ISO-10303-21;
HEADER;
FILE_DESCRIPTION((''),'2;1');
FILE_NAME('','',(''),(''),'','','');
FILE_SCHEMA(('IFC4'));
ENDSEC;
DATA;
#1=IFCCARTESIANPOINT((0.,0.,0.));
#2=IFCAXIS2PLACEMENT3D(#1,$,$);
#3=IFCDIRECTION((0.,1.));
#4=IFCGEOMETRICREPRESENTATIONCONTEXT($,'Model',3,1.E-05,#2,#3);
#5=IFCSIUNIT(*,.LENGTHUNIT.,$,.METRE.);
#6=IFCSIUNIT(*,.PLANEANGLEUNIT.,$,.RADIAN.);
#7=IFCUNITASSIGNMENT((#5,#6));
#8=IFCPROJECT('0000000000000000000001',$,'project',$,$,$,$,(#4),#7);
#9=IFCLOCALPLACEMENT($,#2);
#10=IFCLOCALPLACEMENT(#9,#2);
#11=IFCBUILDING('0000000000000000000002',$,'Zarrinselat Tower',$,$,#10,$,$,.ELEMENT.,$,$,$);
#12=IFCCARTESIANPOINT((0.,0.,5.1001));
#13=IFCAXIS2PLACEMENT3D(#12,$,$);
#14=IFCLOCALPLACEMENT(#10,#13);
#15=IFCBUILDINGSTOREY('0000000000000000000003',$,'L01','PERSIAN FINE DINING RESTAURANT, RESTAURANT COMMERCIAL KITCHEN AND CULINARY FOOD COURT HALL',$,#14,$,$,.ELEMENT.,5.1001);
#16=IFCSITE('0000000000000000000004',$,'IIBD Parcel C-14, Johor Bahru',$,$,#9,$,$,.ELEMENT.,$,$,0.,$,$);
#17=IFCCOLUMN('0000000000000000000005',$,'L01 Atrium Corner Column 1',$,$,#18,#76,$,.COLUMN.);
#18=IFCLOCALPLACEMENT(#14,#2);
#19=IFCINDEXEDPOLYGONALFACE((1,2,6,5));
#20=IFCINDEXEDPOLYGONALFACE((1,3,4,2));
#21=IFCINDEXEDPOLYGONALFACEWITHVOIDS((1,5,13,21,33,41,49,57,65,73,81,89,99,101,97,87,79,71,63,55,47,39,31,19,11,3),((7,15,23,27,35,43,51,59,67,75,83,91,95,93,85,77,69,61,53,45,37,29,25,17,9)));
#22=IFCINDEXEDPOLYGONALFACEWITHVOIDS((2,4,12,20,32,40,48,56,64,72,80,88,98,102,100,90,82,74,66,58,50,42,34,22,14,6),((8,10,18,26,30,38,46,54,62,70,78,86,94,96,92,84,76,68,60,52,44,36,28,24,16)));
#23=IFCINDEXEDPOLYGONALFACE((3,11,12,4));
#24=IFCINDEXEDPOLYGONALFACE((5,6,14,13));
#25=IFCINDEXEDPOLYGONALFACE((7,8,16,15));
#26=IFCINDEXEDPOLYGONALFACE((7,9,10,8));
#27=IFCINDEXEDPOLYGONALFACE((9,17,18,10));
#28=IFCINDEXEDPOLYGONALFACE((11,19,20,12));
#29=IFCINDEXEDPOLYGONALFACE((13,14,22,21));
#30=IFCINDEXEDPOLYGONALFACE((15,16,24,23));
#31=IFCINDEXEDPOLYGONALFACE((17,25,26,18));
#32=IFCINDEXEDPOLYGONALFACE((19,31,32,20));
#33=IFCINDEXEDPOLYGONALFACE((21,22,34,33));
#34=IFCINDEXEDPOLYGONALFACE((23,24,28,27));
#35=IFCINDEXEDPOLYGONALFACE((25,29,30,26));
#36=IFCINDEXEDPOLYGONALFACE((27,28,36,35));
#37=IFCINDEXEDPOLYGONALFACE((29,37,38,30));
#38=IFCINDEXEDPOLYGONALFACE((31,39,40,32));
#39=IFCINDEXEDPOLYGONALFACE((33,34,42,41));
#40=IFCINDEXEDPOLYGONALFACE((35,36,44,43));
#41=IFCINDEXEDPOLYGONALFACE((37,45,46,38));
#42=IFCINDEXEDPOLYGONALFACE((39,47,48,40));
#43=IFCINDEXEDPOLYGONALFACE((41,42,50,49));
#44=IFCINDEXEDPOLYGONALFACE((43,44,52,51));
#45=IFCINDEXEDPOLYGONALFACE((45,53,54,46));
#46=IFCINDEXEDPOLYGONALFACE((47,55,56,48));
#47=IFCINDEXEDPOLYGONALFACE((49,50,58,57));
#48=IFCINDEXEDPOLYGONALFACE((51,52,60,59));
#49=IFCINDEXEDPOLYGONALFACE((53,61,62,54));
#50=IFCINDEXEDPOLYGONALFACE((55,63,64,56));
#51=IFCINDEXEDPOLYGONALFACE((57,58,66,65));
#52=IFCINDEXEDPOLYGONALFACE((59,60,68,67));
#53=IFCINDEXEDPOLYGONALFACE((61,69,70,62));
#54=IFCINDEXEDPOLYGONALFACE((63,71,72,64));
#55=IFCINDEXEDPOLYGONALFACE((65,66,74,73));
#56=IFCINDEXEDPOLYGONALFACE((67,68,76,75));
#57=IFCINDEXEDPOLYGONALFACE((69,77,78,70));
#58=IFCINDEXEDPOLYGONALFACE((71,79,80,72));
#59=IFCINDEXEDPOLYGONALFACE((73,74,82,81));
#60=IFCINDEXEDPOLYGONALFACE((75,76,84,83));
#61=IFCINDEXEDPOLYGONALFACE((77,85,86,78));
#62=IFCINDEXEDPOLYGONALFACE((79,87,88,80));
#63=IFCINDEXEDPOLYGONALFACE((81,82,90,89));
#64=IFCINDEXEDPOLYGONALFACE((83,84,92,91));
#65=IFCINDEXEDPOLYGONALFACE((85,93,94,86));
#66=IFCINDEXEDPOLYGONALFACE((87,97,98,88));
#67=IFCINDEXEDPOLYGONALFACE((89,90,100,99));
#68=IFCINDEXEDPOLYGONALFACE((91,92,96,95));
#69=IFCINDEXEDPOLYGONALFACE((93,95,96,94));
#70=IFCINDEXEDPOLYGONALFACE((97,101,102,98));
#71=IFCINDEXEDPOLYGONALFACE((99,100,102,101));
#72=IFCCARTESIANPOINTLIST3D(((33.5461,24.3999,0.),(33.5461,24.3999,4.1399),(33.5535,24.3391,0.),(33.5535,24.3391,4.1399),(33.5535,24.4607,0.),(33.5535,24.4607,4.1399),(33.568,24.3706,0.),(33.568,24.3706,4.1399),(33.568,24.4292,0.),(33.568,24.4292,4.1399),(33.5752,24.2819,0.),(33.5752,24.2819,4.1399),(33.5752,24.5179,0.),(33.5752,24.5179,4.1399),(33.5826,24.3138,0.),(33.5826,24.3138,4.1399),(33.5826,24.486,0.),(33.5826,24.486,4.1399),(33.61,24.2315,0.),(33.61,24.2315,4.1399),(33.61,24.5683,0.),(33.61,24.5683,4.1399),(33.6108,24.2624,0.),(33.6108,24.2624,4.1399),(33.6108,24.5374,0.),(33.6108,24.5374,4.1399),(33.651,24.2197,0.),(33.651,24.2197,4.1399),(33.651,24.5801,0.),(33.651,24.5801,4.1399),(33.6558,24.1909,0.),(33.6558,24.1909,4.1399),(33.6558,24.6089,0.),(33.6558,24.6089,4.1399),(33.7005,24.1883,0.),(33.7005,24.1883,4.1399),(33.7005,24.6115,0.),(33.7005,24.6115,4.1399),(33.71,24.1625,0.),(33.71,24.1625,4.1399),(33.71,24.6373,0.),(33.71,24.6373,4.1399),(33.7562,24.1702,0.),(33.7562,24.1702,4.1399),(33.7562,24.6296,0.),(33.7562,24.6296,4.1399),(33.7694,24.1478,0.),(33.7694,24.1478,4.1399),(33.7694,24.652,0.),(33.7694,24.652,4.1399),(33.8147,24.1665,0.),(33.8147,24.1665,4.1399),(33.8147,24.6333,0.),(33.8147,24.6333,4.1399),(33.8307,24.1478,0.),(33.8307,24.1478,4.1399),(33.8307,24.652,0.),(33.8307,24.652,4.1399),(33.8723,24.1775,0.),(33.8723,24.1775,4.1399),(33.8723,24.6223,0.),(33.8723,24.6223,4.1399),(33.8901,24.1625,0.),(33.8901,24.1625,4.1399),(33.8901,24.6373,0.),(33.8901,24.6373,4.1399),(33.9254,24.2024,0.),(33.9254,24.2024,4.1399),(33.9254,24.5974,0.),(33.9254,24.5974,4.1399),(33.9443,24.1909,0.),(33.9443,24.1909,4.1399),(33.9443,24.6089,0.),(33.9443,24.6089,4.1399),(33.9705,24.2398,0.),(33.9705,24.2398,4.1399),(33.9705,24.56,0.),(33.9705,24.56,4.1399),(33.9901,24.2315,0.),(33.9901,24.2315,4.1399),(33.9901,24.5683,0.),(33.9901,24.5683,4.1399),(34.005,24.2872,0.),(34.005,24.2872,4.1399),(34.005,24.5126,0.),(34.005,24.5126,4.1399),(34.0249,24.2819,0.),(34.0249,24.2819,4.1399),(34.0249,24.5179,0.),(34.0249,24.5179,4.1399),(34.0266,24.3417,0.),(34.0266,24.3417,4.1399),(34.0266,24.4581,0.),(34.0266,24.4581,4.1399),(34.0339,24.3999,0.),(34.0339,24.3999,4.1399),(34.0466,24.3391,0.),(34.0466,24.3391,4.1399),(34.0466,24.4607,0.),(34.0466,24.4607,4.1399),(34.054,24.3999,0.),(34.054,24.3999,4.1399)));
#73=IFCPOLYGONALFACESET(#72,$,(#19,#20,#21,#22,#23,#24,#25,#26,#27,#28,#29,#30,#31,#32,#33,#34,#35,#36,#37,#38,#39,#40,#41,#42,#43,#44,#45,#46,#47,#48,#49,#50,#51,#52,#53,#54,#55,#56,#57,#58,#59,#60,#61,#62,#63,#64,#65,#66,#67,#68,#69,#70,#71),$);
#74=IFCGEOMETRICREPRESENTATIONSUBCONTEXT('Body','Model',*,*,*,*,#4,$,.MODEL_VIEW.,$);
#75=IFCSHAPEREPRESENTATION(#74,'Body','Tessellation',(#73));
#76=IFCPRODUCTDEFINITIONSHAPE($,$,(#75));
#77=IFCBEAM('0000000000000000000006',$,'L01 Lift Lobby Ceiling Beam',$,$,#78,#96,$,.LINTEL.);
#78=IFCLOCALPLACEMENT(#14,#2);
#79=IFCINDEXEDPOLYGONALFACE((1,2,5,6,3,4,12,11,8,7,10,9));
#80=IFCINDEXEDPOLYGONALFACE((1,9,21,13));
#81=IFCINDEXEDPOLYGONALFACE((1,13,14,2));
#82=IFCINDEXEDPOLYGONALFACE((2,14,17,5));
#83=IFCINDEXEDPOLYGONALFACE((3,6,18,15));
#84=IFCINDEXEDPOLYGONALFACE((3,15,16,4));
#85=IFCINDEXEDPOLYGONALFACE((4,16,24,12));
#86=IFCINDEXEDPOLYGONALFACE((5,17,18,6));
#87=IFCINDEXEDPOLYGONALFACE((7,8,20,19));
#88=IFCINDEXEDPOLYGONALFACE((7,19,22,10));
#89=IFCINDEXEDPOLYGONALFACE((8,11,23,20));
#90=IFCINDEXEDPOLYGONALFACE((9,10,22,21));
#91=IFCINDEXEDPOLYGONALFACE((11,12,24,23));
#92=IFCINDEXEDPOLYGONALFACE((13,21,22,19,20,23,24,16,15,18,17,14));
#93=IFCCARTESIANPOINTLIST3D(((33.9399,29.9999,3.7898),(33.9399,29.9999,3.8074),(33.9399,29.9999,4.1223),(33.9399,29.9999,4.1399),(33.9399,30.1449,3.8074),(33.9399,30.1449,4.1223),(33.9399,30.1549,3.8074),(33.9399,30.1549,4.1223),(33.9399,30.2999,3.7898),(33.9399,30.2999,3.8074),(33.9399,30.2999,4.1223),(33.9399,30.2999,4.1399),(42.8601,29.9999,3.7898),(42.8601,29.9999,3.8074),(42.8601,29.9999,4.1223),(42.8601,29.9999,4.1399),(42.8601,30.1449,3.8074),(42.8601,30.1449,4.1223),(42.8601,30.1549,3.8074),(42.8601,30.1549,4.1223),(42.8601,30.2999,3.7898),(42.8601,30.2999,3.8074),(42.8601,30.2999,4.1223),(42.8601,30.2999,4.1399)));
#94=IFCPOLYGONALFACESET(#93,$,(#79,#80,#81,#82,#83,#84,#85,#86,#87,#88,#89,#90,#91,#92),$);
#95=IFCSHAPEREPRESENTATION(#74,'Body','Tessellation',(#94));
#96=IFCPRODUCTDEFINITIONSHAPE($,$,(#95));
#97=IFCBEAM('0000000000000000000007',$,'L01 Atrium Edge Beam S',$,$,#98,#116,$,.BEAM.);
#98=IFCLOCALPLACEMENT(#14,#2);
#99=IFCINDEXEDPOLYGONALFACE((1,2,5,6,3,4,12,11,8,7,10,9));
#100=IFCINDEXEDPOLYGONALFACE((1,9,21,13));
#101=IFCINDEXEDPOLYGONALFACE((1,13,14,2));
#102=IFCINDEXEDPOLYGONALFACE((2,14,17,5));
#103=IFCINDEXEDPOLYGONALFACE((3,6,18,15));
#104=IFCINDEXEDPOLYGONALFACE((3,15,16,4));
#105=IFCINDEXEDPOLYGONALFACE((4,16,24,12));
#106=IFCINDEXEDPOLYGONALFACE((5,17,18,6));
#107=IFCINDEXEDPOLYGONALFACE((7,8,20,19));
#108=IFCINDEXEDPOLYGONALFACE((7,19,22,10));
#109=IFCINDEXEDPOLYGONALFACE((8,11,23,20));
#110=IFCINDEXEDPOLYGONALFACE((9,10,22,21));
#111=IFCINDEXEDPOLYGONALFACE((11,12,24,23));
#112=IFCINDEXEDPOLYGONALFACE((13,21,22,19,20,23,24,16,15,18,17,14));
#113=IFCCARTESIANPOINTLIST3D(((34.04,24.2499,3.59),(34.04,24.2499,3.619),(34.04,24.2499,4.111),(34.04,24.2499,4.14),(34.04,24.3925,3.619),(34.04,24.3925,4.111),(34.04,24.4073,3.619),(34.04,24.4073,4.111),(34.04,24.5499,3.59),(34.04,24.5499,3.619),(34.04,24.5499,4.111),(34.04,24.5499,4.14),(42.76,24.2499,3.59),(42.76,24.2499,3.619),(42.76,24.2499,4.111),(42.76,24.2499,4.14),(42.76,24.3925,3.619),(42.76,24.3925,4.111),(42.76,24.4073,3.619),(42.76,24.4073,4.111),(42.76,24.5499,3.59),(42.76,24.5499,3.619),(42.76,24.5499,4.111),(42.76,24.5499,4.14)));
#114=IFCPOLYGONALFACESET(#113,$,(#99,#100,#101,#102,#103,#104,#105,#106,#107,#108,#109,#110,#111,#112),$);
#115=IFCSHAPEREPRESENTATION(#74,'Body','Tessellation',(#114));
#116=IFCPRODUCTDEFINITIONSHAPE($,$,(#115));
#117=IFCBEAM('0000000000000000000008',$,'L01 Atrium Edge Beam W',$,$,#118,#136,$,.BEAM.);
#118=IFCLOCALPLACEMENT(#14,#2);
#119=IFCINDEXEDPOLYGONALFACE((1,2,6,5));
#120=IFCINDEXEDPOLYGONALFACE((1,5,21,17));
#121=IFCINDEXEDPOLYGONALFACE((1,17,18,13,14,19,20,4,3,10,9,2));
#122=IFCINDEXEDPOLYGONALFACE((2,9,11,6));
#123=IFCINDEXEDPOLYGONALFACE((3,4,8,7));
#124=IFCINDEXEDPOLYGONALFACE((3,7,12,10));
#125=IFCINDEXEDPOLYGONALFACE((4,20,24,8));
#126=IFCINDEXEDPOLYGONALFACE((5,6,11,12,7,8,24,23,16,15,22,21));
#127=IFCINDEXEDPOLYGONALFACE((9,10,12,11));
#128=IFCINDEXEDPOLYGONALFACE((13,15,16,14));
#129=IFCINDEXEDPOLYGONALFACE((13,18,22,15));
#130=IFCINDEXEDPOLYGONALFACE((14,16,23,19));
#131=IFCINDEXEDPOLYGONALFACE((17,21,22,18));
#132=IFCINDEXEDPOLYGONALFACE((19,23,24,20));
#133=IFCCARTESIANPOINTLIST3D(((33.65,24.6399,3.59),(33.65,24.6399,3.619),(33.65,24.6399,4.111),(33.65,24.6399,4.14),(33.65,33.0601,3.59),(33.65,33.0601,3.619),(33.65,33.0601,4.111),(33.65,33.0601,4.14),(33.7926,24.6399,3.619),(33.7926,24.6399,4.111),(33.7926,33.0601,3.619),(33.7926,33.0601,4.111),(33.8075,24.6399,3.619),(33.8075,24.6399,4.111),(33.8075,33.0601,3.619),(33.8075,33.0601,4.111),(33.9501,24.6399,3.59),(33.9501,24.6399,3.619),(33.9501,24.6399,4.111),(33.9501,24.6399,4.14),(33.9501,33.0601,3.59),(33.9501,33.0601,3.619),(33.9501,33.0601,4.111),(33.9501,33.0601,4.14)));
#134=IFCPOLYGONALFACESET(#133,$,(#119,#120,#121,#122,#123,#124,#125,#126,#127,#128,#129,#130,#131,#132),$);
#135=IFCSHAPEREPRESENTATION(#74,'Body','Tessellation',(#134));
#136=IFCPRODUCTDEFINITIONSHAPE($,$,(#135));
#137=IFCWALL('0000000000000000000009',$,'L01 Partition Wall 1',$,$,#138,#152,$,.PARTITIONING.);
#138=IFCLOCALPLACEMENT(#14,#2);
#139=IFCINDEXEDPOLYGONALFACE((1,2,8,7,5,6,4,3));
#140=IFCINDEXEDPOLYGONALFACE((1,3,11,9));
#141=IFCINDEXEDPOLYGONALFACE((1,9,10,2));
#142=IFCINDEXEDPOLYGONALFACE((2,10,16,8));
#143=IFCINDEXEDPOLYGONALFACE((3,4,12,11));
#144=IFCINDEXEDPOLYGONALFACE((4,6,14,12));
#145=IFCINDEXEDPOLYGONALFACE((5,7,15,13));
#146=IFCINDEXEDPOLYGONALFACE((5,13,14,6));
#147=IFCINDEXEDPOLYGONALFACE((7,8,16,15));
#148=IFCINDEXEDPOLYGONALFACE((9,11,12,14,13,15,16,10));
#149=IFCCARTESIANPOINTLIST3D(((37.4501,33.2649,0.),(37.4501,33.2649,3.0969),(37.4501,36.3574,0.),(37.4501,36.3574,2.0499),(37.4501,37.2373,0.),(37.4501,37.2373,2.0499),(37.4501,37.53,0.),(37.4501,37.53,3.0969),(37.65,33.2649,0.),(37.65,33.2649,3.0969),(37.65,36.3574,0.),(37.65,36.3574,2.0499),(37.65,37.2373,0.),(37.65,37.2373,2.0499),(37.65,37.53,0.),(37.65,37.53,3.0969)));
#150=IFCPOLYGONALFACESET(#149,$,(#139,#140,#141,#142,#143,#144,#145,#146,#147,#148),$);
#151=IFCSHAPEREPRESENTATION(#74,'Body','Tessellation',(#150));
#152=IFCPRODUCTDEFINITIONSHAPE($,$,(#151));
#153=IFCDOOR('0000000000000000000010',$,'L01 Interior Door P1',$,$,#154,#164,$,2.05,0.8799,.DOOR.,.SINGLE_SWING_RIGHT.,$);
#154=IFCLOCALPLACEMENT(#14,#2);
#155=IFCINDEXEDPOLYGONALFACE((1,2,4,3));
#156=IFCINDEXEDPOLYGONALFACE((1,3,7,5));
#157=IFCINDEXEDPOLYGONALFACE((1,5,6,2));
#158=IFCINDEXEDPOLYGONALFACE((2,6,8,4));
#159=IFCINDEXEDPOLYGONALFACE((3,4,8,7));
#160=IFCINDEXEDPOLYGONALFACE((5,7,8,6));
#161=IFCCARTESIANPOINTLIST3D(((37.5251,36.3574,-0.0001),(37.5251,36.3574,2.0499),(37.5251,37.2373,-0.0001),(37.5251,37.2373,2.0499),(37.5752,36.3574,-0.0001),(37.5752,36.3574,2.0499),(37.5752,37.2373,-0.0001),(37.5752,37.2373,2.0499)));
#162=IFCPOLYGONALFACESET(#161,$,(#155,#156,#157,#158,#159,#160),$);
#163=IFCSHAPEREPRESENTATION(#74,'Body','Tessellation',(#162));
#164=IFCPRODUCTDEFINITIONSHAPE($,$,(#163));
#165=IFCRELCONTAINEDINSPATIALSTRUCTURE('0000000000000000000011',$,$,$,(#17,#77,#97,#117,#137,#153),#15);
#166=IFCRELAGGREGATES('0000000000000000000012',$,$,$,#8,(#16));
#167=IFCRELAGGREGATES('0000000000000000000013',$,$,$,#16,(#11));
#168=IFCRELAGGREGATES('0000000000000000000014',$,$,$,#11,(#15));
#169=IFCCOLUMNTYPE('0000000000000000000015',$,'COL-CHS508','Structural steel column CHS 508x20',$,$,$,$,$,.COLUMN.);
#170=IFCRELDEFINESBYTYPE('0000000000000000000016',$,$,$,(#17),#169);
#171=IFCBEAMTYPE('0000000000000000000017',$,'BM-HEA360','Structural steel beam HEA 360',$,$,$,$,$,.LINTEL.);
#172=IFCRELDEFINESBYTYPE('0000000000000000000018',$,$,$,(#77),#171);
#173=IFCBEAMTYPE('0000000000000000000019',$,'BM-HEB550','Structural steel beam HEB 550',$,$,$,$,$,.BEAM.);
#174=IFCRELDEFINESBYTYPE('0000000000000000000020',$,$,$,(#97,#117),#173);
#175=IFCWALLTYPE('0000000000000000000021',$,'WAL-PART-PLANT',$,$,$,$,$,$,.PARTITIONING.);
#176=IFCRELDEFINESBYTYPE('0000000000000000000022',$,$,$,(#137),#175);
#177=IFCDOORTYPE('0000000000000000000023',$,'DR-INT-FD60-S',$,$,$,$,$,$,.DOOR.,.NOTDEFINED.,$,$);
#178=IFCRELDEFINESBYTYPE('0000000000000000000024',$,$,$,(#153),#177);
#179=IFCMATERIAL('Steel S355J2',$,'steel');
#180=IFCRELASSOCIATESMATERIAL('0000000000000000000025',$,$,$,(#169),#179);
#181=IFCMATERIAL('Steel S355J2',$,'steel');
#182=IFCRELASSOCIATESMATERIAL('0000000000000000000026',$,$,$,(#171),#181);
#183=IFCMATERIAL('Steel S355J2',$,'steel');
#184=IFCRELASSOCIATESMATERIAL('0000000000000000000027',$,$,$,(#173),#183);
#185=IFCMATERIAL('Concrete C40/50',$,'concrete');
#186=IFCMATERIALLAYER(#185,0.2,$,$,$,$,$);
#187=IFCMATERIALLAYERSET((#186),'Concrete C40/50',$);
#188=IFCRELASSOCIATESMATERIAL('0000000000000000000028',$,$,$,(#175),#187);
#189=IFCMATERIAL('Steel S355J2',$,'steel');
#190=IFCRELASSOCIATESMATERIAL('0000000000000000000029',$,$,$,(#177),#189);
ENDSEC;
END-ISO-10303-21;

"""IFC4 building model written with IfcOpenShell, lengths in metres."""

from ifc_helpers import new_model, si_unit, direction, frame, frame_2d, origin, origin_2d, place, context, subcontext, project, spatial, rectangle, hollow_circle, i_section, extrude, material, layer, layer_set, material_profile, profile_set, type_object, element, fill, save


model = new_model("IFC4")

# Units and contexts
model_context = context("Model", 3, precision=1e-05, world=origin(), true_north=direction((0.0, 1.0)))
body_context = subcontext(model_context, "Body", "Model", "MODEL_VIEW")
ifc_project = project(units=[si_unit("LENGTHUNIT", "METRE"), si_unit("PLANEANGLEUNIT", "RADIAN")], contexts=[model_context])

# Site, building, storey
site_placement = place(None, origin())
site = spatial("IfcSite", under=ifc_project, at=site_placement, Name="IIBD Parcel C-14, Johor Bahru", CompositionType="ELEMENT", RefElevation=0.0)
building_placement = place(site_placement, origin())
building = spatial("IfcBuilding", under=site, at=building_placement, Name="Zarrinselat Tower", CompositionType="ELEMENT")
storey_placement = place(building_placement, frame((0.0, 0.0, 5.1001)))
storey = spatial("IfcBuildingStorey", under=building, at=storey_placement, Name="L01", Description="PERSIAN FINE DINING RESTAURANT, RESTAURANT COMMERCIAL KITCHEN AND CULINARY FOOD COURT HALL", CompositionType="ELEMENT", Elevation=5.1001)

# Column
ifc_material_1 = material(Name="Steel S355J2", Category="steel")
ifc_material_profile_1 = material_profile(ifc_material_1, hollow_circle(Radius=0.2539, WallThickness=0.02, at=origin_2d()), Name="CHS 508x20")
ifc_profile_set_1 = profile_set([ifc_material_profile_1], Name="Steel S355J2")
column_type = type_object("IfcColumnType", Name="COL-CHS508", Description="Structural steel column CHS 508x20", PredefinedType="COLUMN", material=ifc_profile_set_1)
column_placement = place(storey_placement, frame((33.8, 24.3999, 0.0), z_axis=(0.0, 0.0, 1.0), x_axis=(1.0, 0.0, 0.0)))
element("IfcColumn", 1, at=column_placement, inside=storey, type_object=column_type, Name="L01 Atrium Corner Column 1", PredefinedType="COLUMN", context=body_context, shape_type="SweptSolid", body=[
    extrude(hollow_circle(Radius=0.2539, WallThickness=0.02, at=origin_2d()), origin(), (0.0, 0.0, 1.0), 4.1399),
])

# Beams
ifc_material_2 = material(Name="Steel S355J2", Category="steel")
ifc_material_profile_2 = material_profile(ifc_material_2, i_section(OverallWidth=0.3, OverallDepth=0.3501, WebThickness=0.01, FlangeThickness=0.0176, at=origin_2d()), Name="HEA 360")
ifc_profile_set_2 = profile_set([ifc_material_profile_2], Name="Steel S355J2")
beam_type_1 = type_object("IfcBeamType", Name="BM-HEA360", Description="Structural steel beam HEA 360", PredefinedType="LINTEL", material=ifc_profile_set_2)
beam_1_placement = place(storey_placement, frame((33.9399, 30.1499, 3.9648), z_axis=(1.0, 0.0, 0.0), x_axis=(0.0, 1.0, 0.0)))
element("IfcBeam", 2, at=beam_1_placement, inside=storey, type_object=beam_type_1, Name="L01 Lift Lobby Ceiling Beam", PredefinedType="LINTEL", context=body_context, shape_type="SweptSolid", body=[
    extrude(i_section(OverallWidth=0.3, OverallDepth=0.3501, WebThickness=0.01, FlangeThickness=0.0176, at=origin_2d()), origin(), (0.0, 0.0, 1.0), 8.9202),
])
ifc_material_3 = material(Name="Steel S355J2", Category="steel")
ifc_material_profile_3 = material_profile(ifc_material_3, i_section(OverallWidth=0.3, OverallDepth=0.55, WebThickness=0.0149, FlangeThickness=0.0291, at=origin_2d()), Name="HEB 550")
ifc_profile_set_3 = profile_set([ifc_material_profile_3], Name="Steel S355J2")
beam_type_2 = type_object("IfcBeamType", Name="BM-HEB550", Description="Structural steel beam HEB 550", PredefinedType="BEAM", material=ifc_profile_set_3)
beam_2_placement = place(storey_placement, frame((34.04, 24.3999, 3.865), z_axis=(1.0, 0.0, 0.0), x_axis=(0.0, 1.0, 0.0)))
element("IfcBeam", 3, at=beam_2_placement, inside=storey, type_object=beam_type_2, Name="L01 Atrium Edge Beam S", PredefinedType="BEAM", context=body_context, shape_type="SweptSolid", body=[
    extrude(i_section(OverallWidth=0.3, OverallDepth=0.55, WebThickness=0.0149, FlangeThickness=0.0291, at=origin_2d()), origin(), (0.0, 0.0, 1.0), 8.72),
])
beam_3_placement = place(storey_placement, frame((33.8, 24.6399, 3.865), z_axis=(0.0, 1.0, 0.0), x_axis=(-1.0, 0.0, 0.0)))
element("IfcBeam", 4, at=beam_3_placement, inside=storey, type_object=beam_type_2, Name="L01 Atrium Edge Beam W", PredefinedType="BEAM", context=body_context, shape_type="SweptSolid", body=[
    extrude(i_section(OverallWidth=0.3, OverallDepth=0.55, WebThickness=0.0149, FlangeThickness=0.0291, at=origin_2d()), origin(), (0.0, 0.0, 1.0), 8.4202),
])

# Wall, opening, door
ifc_material_4 = material(Name="Concrete C40/50", Category="concrete")
ifc_layer_1 = layer(ifc_material_4, 0.2)
ifc_layer_set_1 = layer_set([ifc_layer_1], Name="Concrete C40/50")
wall_type_1 = type_object("IfcWallType", Name="WAL-PART-PLANT", PredefinedType="PARTITIONING", material=ifc_layer_set_1)
wall_1_placement = place(storey_placement, frame((37.55, 33.2649, 0.0), z_axis=(0.0, 0.0, 1.0), x_axis=(0.0, 1.0, 0.0)))
wall_1 = element("IfcWall", 5, at=wall_1_placement, inside=storey, type_object=wall_type_1, Name="L01 Partition Wall 1", PredefinedType="PARTITIONING", context=body_context, shape_type="SweptSolid", body=[
    extrude(rectangle(XDim=4.2651, YDim=0.2, at=frame_2d((2.1326, 0.0))), origin(), (0.0, 0.0, 1.0), 3.0969),
])
opening_1_placement = place(wall_1_placement, frame((3.0925, 0.0, 0.0)))
opening_1 = element("IfcOpeningElement", 6, at=opening_1_placement, cuts=wall_1, PredefinedType="OPENING", context=body_context, shape_type="SweptSolid", body=[
    extrude(rectangle(XDim=0.8799, YDim=2.05, at=frame_2d((0.4399, 1.0249))), frame((0.0, 0.1099, 0.0), z_axis=(0.0, -1.0, 0.0), x_axis=(1.0, 0.0, 0.0)), (0.0, 0.0, 1.0), 0.22),
])
ifc_material_5 = material(Name="Steel S355J2", Category="steel")
door_type = type_object("IfcDoorType", Name="DR-INT-FD60-S", OperationType="NOTDEFINED", PredefinedType="DOOR", material=ifc_material_5)
door_1_placement = place(opening_1_placement, origin())
door_1 = element("IfcDoor", 7, at=door_1_placement, inside=storey, type_object=door_type, Name="L01 Interior Door P1", OperationType="SINGLE_SWING_RIGHT", OverallHeight=2.05, OverallWidth=0.8799, PredefinedType="DOOR", context=body_context, shape_type="SweptSolid", body=[
    extrude(rectangle(XDim=0.8799, YDim=2.05, at=frame_2d((0.4399, 1.0249))), frame((0.0, 0.0249, 0.0), z_axis=(0.0, -1.0, 0.0), x_axis=(1.0, 0.0, 0.0)), (0.0, 0.0, 1.0), 0.05),
])
fill(opening_1, door_1)

save(model, "model.ifc")
